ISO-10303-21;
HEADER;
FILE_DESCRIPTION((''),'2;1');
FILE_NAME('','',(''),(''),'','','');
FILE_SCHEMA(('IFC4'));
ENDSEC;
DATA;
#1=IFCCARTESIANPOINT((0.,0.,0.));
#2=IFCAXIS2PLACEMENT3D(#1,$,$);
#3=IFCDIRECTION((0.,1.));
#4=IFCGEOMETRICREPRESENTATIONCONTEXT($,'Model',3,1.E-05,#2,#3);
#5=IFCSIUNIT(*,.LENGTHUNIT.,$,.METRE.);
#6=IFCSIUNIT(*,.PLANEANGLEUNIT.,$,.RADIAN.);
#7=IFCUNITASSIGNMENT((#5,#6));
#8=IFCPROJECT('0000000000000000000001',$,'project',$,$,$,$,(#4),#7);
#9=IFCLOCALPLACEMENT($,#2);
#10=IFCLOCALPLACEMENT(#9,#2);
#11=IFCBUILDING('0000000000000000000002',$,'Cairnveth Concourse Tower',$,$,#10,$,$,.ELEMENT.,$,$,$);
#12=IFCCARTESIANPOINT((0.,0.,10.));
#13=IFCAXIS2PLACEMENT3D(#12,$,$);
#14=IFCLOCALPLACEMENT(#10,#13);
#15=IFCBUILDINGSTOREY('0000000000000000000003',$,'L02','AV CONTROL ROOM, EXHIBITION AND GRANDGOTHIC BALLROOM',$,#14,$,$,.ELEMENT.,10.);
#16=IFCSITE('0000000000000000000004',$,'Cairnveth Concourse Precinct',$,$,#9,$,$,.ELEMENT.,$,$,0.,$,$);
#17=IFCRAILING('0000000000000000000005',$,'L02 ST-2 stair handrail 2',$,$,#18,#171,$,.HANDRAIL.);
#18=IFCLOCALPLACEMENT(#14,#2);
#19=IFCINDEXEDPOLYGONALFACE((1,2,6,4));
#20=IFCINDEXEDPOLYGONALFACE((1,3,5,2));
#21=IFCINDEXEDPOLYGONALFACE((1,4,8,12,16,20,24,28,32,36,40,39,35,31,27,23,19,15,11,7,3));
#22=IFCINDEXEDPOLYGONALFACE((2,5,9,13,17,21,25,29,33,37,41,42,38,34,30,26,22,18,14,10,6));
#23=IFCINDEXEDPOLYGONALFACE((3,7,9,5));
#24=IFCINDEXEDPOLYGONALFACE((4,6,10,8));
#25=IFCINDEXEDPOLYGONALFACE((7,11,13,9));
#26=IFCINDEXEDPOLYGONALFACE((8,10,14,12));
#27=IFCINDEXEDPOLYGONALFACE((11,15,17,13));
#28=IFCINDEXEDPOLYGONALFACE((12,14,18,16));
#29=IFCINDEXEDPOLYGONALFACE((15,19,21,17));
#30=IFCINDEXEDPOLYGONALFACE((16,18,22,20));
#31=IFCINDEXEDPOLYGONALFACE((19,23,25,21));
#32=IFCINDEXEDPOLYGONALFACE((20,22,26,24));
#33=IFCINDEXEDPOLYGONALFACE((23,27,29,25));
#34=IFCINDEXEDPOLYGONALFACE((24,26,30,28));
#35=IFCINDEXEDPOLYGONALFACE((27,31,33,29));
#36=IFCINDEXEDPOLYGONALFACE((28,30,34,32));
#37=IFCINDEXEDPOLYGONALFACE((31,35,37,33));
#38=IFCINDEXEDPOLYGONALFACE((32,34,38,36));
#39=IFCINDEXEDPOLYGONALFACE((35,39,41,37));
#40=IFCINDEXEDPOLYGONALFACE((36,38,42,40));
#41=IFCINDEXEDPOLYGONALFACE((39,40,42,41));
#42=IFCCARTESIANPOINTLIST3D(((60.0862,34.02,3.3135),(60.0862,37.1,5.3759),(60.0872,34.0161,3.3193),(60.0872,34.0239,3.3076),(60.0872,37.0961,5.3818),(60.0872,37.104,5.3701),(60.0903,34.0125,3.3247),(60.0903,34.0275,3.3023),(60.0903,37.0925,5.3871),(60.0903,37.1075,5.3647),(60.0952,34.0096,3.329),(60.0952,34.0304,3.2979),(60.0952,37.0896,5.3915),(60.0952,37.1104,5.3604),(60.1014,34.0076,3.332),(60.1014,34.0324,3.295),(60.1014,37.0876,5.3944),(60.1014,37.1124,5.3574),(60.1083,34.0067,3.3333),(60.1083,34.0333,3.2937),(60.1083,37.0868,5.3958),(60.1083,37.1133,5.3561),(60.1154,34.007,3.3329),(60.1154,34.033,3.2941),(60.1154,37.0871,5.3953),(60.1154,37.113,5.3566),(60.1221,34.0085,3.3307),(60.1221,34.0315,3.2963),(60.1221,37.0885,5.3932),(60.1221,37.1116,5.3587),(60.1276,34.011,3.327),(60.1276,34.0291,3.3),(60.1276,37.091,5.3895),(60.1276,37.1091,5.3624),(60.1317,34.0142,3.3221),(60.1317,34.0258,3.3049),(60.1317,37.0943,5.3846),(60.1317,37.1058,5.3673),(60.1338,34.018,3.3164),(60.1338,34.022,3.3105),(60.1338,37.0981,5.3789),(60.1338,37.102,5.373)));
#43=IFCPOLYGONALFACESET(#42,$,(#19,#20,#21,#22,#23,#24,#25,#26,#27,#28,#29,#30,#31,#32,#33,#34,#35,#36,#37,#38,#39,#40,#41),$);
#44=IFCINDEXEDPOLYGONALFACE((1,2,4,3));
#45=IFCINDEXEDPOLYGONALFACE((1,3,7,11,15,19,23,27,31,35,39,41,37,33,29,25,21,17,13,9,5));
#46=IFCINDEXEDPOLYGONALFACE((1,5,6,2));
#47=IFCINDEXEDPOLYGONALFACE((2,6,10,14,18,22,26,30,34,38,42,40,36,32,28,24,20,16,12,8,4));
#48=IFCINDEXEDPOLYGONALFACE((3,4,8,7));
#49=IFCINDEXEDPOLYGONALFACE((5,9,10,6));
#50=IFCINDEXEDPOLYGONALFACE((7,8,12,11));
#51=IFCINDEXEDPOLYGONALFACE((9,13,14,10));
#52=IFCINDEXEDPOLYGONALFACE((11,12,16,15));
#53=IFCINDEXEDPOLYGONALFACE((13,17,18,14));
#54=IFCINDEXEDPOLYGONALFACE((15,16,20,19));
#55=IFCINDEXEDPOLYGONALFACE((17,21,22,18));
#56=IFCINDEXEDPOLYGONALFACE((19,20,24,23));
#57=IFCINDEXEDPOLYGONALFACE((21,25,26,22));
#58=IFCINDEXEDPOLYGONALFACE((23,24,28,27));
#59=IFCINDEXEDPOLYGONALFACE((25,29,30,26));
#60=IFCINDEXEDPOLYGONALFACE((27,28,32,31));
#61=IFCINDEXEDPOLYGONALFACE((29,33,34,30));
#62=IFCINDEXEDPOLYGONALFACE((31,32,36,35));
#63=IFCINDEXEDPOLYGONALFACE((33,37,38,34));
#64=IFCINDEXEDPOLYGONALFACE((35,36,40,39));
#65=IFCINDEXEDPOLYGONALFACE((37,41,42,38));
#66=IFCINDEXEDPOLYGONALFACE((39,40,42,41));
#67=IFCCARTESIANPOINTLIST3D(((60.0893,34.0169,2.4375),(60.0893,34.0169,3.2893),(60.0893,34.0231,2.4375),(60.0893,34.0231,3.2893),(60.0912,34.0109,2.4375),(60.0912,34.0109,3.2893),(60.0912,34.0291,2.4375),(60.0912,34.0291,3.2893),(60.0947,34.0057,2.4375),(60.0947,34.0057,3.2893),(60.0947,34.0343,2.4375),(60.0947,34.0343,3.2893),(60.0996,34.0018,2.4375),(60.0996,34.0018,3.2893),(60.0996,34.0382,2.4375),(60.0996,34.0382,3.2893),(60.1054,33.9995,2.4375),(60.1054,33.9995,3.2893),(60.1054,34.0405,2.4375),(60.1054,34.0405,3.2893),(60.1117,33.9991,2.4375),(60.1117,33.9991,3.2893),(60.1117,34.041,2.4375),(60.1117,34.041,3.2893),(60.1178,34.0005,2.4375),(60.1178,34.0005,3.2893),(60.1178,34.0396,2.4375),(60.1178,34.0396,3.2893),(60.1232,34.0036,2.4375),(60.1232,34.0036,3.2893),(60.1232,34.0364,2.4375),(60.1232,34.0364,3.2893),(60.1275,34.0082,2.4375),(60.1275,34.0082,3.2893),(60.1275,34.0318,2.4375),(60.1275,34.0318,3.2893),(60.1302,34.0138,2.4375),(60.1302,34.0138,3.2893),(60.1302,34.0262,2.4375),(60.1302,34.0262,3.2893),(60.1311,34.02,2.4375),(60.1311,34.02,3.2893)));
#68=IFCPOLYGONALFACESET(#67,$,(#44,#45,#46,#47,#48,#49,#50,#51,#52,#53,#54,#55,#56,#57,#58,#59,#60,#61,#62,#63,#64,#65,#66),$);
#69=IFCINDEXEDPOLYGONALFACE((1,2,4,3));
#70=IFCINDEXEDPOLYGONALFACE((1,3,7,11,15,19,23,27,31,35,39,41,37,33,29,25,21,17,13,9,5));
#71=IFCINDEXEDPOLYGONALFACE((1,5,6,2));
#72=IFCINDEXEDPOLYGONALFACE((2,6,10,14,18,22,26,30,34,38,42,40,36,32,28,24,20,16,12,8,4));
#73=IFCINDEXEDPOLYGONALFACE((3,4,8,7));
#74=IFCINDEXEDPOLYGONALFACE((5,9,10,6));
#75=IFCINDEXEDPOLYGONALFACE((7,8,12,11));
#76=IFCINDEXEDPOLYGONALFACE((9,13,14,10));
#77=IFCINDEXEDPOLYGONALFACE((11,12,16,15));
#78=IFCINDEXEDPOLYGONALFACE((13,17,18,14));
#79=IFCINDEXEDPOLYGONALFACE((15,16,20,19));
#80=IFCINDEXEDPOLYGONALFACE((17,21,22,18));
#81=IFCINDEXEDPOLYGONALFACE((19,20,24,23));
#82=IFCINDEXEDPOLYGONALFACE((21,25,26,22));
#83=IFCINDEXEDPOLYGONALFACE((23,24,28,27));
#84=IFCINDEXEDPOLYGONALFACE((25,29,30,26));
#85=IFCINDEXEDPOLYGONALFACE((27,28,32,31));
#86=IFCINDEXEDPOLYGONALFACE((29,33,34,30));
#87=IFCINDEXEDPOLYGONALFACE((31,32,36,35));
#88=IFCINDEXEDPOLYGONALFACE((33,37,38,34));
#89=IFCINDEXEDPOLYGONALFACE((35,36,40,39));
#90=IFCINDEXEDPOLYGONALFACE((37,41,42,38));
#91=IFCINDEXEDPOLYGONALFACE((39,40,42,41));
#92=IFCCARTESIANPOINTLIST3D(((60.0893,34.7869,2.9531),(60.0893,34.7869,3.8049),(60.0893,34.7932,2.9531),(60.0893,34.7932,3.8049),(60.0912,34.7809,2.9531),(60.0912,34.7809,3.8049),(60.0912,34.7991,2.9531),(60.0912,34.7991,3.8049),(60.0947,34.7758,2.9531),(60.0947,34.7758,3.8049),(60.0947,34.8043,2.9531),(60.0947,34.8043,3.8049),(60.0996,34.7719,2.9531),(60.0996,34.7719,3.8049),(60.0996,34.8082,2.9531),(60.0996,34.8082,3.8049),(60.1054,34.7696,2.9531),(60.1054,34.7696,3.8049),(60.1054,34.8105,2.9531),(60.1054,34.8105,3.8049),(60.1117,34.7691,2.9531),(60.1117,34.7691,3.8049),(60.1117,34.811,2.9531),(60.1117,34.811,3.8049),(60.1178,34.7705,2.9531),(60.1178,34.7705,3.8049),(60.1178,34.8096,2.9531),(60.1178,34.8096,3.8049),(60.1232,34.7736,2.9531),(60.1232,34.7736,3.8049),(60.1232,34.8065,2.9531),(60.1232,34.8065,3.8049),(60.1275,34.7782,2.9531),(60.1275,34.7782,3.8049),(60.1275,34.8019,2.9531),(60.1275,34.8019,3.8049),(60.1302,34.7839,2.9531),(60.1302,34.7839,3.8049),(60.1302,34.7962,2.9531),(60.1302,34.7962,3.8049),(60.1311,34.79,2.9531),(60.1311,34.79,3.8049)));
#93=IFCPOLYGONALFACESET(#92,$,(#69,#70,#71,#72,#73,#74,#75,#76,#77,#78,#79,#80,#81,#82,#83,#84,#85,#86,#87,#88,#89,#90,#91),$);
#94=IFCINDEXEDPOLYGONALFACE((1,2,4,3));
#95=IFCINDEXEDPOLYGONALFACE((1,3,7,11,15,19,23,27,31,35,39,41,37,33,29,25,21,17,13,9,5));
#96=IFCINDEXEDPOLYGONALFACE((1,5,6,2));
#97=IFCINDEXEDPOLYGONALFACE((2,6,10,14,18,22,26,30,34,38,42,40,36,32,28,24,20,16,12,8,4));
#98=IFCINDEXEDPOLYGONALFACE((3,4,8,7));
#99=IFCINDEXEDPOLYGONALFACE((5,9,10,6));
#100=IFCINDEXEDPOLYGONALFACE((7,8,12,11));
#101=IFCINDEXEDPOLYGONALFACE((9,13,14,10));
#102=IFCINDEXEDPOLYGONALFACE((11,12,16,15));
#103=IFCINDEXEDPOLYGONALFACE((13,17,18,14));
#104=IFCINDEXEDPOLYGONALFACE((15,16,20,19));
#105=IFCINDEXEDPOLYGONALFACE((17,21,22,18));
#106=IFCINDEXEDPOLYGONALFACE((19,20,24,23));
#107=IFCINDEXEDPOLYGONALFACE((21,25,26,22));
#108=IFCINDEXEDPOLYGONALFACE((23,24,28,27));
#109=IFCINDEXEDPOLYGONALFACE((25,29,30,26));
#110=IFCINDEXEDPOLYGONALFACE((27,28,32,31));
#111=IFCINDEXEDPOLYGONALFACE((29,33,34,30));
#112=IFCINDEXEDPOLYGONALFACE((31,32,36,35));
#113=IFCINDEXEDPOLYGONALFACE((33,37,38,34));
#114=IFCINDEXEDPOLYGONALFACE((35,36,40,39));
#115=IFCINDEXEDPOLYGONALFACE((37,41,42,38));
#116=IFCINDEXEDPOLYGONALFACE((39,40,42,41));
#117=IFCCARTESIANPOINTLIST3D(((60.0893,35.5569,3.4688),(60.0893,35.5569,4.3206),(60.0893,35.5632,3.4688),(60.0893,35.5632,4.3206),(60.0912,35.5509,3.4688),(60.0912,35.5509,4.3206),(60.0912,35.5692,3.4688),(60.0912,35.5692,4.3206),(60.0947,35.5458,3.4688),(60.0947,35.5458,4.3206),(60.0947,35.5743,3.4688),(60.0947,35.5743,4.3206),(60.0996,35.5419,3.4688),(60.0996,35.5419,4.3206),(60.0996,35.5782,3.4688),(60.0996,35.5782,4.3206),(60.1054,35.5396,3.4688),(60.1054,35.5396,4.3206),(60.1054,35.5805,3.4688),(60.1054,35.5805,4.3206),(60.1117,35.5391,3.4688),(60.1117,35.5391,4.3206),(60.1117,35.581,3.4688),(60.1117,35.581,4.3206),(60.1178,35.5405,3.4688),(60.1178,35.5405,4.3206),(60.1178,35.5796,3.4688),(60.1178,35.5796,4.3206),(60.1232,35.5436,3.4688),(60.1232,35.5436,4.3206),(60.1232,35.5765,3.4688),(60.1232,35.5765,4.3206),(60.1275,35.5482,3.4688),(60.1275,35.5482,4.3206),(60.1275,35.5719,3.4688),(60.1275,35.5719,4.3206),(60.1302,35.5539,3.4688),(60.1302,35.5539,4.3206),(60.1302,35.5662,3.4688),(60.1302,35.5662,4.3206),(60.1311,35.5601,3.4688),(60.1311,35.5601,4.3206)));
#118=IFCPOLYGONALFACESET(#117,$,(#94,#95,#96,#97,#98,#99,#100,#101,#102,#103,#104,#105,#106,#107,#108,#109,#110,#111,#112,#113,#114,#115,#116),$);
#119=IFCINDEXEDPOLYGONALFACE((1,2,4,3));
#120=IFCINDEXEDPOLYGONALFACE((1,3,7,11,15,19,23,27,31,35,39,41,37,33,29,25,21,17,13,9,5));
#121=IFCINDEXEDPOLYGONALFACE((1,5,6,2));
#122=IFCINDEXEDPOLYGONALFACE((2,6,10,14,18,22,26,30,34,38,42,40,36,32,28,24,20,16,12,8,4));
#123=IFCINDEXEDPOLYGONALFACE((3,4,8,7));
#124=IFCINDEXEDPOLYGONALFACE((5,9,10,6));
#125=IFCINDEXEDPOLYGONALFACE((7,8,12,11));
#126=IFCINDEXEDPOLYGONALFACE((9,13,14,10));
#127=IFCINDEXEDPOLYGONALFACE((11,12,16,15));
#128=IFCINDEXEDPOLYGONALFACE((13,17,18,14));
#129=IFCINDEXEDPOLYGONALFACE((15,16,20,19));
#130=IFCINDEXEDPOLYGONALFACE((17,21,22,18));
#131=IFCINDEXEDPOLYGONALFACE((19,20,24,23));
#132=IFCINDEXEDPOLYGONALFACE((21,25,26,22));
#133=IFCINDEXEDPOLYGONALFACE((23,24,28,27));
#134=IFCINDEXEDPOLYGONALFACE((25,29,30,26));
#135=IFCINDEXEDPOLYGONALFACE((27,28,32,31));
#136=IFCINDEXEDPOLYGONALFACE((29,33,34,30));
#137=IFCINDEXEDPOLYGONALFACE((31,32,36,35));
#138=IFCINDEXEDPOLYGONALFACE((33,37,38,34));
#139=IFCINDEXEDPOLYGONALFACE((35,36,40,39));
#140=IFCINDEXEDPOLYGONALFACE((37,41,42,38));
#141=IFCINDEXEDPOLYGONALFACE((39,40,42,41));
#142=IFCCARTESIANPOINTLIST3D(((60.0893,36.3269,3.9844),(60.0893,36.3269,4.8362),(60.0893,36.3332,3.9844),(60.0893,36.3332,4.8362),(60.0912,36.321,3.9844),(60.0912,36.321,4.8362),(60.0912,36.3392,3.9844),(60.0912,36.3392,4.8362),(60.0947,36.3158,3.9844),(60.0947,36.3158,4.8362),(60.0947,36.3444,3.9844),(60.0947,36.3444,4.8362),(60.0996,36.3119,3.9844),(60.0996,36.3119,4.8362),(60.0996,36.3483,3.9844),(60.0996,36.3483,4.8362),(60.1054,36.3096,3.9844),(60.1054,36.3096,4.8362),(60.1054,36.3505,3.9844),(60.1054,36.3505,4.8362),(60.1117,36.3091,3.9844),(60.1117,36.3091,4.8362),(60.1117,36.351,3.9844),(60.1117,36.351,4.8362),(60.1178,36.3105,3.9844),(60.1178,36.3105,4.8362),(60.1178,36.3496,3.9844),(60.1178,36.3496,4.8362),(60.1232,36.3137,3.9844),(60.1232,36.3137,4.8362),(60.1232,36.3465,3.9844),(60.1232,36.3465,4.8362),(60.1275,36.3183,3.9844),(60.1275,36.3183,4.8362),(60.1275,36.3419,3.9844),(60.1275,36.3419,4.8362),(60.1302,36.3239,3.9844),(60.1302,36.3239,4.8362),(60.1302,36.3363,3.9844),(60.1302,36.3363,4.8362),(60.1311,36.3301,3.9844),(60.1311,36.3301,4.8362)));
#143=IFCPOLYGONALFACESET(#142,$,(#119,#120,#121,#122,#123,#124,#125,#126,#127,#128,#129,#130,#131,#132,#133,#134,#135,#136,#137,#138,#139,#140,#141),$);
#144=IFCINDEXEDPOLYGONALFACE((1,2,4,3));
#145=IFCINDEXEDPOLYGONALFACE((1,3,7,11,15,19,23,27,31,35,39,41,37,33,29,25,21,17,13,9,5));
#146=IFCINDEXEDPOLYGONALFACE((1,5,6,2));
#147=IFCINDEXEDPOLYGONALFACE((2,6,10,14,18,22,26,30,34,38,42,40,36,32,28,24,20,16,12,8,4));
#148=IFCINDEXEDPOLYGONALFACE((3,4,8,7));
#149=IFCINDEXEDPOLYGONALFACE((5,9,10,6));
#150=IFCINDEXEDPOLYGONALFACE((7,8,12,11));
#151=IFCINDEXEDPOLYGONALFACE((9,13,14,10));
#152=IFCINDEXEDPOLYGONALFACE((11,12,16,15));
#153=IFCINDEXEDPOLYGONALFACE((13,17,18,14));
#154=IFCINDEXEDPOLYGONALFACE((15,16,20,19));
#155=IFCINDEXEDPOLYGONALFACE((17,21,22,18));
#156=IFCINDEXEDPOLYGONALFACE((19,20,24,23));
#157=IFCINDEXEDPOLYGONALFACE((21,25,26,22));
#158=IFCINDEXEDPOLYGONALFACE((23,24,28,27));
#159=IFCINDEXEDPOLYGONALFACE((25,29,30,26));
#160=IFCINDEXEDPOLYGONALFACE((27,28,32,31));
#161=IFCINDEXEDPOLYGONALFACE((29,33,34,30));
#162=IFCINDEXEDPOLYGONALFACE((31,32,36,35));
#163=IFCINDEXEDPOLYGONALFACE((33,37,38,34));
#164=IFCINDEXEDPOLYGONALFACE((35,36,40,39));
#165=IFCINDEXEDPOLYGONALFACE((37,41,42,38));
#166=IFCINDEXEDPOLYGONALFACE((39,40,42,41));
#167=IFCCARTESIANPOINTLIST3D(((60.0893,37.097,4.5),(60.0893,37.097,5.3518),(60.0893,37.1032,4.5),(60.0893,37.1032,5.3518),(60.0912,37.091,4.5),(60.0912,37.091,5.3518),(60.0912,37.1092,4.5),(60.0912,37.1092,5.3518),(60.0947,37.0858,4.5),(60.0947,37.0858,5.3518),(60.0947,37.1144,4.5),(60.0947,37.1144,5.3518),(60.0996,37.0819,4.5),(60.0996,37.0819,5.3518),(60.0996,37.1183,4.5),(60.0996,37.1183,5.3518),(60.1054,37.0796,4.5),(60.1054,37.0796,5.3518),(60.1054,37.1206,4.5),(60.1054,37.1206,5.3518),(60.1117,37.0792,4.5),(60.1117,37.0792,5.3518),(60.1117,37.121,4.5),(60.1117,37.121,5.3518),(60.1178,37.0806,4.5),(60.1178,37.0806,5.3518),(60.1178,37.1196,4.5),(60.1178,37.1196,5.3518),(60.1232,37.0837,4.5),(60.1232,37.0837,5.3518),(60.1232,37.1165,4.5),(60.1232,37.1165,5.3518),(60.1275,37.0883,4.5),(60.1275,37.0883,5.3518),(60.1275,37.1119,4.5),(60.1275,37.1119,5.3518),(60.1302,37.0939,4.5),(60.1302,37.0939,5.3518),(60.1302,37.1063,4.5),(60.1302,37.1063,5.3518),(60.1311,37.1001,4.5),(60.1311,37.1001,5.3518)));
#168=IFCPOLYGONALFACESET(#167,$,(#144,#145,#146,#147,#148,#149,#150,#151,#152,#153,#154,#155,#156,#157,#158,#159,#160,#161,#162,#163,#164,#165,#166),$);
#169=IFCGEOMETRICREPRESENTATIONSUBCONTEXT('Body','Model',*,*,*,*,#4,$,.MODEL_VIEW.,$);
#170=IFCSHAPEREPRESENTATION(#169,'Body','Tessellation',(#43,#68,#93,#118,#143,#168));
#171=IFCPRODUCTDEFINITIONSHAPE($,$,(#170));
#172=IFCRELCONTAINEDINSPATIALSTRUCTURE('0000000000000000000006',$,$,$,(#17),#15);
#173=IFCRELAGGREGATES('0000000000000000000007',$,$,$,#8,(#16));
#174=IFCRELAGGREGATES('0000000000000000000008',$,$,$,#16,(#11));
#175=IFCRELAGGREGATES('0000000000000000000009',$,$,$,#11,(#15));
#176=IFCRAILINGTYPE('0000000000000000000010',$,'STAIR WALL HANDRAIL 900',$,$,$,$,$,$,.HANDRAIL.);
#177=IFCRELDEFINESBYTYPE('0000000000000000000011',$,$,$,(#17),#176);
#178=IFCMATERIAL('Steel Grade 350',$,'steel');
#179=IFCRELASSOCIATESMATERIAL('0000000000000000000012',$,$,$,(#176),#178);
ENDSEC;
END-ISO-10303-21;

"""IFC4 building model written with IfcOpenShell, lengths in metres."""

from ifc_helpers import new_model, si_unit, direction, frame, origin, origin_2d, place, context, subcontext, project, spatial, circle, extrude, material, type_object, element, save


model = new_model("IFC4")

# Units and contexts
model_context = context("Model", 3, precision=1e-05, world=origin(), true_north=direction((0.0, 1.0)))
body_context = subcontext(model_context, "Body", "Model", "MODEL_VIEW")
ifc_project = project(units=[si_unit("LENGTHUNIT", "METRE"), si_unit("PLANEANGLEUNIT", "RADIAN")], contexts=[model_context])

# Site, building, storey
site_placement = place(None, origin())
site = spatial("IfcSite", under=ifc_project, at=site_placement, Name="Cairnveth Concourse Precinct", CompositionType="ELEMENT", RefElevation=0.0)
building_placement = place(site_placement, origin())
building = spatial("IfcBuilding", under=site, at=building_placement, Name="Cairnveth Concourse Tower", CompositionType="ELEMENT")
storey_placement = place(building_placement, frame((0.0, 0.0, 10.0)))
storey = spatial("IfcBuildingStorey", under=building, at=storey_placement, Name="L02", Description="AV CONTROL ROOM, EXHIBITION AND GRANDGOTHIC BALLROOM", CompositionType="ELEMENT", Elevation=10.0)

# Shared definitions
ifc_material_1 = material(Name="Steel Grade 350", Category="steel")

# Railing
railing_type_1 = type_object("IfcRailingType", Name="STAIR WALL HANDRAIL 900", PredefinedType="HANDRAIL", material=ifc_material_1)
railing_1_placement = place(storey_placement, frame((60.1101, 34.02, 2.4375)))
element("IfcRailing", 1, at=railing_1_placement, inside=storey, type_object=railing_type_1, Name="L02 ST-2 stair handrail 2", PredefinedType="HANDRAIL", context=body_context, shape_type="SweptSolid", body=[
    extrude(circle(Radius=0.0239, at=origin_2d()), frame((0.0, 0.0, 0.876), z_axis=(0.0, 0.830914, 0.556401), x_axis=(-1.0, 0.0, 0.0)), (0.0, 0.0, 1.0), 3.7068),
    extrude(circle(Radius=0.021, at=origin_2d()), origin(), (0.0, 0.0, 1.0), 0.8518),
    extrude(circle(Radius=0.021, at=origin_2d()), frame((0.0, 0.77, 0.5156)), (0.0, 0.0, 1.0), 0.8518),
    extrude(circle(Radius=0.021, at=origin_2d()), frame((0.0, 1.54, 1.0312)), (0.0, 0.0, 1.0), 0.8518),
    extrude(circle(Radius=0.021, at=origin_2d()), frame((0.0, 2.3101, 1.5469)), (0.0, 0.0, 1.0), 0.8518),
    extrude(circle(Radius=0.021, at=origin_2d()), frame((0.0, 3.0801, 2.0625)), (0.0, 0.0, 1.0), 0.8518),
])

save(model, "model.ifc")
